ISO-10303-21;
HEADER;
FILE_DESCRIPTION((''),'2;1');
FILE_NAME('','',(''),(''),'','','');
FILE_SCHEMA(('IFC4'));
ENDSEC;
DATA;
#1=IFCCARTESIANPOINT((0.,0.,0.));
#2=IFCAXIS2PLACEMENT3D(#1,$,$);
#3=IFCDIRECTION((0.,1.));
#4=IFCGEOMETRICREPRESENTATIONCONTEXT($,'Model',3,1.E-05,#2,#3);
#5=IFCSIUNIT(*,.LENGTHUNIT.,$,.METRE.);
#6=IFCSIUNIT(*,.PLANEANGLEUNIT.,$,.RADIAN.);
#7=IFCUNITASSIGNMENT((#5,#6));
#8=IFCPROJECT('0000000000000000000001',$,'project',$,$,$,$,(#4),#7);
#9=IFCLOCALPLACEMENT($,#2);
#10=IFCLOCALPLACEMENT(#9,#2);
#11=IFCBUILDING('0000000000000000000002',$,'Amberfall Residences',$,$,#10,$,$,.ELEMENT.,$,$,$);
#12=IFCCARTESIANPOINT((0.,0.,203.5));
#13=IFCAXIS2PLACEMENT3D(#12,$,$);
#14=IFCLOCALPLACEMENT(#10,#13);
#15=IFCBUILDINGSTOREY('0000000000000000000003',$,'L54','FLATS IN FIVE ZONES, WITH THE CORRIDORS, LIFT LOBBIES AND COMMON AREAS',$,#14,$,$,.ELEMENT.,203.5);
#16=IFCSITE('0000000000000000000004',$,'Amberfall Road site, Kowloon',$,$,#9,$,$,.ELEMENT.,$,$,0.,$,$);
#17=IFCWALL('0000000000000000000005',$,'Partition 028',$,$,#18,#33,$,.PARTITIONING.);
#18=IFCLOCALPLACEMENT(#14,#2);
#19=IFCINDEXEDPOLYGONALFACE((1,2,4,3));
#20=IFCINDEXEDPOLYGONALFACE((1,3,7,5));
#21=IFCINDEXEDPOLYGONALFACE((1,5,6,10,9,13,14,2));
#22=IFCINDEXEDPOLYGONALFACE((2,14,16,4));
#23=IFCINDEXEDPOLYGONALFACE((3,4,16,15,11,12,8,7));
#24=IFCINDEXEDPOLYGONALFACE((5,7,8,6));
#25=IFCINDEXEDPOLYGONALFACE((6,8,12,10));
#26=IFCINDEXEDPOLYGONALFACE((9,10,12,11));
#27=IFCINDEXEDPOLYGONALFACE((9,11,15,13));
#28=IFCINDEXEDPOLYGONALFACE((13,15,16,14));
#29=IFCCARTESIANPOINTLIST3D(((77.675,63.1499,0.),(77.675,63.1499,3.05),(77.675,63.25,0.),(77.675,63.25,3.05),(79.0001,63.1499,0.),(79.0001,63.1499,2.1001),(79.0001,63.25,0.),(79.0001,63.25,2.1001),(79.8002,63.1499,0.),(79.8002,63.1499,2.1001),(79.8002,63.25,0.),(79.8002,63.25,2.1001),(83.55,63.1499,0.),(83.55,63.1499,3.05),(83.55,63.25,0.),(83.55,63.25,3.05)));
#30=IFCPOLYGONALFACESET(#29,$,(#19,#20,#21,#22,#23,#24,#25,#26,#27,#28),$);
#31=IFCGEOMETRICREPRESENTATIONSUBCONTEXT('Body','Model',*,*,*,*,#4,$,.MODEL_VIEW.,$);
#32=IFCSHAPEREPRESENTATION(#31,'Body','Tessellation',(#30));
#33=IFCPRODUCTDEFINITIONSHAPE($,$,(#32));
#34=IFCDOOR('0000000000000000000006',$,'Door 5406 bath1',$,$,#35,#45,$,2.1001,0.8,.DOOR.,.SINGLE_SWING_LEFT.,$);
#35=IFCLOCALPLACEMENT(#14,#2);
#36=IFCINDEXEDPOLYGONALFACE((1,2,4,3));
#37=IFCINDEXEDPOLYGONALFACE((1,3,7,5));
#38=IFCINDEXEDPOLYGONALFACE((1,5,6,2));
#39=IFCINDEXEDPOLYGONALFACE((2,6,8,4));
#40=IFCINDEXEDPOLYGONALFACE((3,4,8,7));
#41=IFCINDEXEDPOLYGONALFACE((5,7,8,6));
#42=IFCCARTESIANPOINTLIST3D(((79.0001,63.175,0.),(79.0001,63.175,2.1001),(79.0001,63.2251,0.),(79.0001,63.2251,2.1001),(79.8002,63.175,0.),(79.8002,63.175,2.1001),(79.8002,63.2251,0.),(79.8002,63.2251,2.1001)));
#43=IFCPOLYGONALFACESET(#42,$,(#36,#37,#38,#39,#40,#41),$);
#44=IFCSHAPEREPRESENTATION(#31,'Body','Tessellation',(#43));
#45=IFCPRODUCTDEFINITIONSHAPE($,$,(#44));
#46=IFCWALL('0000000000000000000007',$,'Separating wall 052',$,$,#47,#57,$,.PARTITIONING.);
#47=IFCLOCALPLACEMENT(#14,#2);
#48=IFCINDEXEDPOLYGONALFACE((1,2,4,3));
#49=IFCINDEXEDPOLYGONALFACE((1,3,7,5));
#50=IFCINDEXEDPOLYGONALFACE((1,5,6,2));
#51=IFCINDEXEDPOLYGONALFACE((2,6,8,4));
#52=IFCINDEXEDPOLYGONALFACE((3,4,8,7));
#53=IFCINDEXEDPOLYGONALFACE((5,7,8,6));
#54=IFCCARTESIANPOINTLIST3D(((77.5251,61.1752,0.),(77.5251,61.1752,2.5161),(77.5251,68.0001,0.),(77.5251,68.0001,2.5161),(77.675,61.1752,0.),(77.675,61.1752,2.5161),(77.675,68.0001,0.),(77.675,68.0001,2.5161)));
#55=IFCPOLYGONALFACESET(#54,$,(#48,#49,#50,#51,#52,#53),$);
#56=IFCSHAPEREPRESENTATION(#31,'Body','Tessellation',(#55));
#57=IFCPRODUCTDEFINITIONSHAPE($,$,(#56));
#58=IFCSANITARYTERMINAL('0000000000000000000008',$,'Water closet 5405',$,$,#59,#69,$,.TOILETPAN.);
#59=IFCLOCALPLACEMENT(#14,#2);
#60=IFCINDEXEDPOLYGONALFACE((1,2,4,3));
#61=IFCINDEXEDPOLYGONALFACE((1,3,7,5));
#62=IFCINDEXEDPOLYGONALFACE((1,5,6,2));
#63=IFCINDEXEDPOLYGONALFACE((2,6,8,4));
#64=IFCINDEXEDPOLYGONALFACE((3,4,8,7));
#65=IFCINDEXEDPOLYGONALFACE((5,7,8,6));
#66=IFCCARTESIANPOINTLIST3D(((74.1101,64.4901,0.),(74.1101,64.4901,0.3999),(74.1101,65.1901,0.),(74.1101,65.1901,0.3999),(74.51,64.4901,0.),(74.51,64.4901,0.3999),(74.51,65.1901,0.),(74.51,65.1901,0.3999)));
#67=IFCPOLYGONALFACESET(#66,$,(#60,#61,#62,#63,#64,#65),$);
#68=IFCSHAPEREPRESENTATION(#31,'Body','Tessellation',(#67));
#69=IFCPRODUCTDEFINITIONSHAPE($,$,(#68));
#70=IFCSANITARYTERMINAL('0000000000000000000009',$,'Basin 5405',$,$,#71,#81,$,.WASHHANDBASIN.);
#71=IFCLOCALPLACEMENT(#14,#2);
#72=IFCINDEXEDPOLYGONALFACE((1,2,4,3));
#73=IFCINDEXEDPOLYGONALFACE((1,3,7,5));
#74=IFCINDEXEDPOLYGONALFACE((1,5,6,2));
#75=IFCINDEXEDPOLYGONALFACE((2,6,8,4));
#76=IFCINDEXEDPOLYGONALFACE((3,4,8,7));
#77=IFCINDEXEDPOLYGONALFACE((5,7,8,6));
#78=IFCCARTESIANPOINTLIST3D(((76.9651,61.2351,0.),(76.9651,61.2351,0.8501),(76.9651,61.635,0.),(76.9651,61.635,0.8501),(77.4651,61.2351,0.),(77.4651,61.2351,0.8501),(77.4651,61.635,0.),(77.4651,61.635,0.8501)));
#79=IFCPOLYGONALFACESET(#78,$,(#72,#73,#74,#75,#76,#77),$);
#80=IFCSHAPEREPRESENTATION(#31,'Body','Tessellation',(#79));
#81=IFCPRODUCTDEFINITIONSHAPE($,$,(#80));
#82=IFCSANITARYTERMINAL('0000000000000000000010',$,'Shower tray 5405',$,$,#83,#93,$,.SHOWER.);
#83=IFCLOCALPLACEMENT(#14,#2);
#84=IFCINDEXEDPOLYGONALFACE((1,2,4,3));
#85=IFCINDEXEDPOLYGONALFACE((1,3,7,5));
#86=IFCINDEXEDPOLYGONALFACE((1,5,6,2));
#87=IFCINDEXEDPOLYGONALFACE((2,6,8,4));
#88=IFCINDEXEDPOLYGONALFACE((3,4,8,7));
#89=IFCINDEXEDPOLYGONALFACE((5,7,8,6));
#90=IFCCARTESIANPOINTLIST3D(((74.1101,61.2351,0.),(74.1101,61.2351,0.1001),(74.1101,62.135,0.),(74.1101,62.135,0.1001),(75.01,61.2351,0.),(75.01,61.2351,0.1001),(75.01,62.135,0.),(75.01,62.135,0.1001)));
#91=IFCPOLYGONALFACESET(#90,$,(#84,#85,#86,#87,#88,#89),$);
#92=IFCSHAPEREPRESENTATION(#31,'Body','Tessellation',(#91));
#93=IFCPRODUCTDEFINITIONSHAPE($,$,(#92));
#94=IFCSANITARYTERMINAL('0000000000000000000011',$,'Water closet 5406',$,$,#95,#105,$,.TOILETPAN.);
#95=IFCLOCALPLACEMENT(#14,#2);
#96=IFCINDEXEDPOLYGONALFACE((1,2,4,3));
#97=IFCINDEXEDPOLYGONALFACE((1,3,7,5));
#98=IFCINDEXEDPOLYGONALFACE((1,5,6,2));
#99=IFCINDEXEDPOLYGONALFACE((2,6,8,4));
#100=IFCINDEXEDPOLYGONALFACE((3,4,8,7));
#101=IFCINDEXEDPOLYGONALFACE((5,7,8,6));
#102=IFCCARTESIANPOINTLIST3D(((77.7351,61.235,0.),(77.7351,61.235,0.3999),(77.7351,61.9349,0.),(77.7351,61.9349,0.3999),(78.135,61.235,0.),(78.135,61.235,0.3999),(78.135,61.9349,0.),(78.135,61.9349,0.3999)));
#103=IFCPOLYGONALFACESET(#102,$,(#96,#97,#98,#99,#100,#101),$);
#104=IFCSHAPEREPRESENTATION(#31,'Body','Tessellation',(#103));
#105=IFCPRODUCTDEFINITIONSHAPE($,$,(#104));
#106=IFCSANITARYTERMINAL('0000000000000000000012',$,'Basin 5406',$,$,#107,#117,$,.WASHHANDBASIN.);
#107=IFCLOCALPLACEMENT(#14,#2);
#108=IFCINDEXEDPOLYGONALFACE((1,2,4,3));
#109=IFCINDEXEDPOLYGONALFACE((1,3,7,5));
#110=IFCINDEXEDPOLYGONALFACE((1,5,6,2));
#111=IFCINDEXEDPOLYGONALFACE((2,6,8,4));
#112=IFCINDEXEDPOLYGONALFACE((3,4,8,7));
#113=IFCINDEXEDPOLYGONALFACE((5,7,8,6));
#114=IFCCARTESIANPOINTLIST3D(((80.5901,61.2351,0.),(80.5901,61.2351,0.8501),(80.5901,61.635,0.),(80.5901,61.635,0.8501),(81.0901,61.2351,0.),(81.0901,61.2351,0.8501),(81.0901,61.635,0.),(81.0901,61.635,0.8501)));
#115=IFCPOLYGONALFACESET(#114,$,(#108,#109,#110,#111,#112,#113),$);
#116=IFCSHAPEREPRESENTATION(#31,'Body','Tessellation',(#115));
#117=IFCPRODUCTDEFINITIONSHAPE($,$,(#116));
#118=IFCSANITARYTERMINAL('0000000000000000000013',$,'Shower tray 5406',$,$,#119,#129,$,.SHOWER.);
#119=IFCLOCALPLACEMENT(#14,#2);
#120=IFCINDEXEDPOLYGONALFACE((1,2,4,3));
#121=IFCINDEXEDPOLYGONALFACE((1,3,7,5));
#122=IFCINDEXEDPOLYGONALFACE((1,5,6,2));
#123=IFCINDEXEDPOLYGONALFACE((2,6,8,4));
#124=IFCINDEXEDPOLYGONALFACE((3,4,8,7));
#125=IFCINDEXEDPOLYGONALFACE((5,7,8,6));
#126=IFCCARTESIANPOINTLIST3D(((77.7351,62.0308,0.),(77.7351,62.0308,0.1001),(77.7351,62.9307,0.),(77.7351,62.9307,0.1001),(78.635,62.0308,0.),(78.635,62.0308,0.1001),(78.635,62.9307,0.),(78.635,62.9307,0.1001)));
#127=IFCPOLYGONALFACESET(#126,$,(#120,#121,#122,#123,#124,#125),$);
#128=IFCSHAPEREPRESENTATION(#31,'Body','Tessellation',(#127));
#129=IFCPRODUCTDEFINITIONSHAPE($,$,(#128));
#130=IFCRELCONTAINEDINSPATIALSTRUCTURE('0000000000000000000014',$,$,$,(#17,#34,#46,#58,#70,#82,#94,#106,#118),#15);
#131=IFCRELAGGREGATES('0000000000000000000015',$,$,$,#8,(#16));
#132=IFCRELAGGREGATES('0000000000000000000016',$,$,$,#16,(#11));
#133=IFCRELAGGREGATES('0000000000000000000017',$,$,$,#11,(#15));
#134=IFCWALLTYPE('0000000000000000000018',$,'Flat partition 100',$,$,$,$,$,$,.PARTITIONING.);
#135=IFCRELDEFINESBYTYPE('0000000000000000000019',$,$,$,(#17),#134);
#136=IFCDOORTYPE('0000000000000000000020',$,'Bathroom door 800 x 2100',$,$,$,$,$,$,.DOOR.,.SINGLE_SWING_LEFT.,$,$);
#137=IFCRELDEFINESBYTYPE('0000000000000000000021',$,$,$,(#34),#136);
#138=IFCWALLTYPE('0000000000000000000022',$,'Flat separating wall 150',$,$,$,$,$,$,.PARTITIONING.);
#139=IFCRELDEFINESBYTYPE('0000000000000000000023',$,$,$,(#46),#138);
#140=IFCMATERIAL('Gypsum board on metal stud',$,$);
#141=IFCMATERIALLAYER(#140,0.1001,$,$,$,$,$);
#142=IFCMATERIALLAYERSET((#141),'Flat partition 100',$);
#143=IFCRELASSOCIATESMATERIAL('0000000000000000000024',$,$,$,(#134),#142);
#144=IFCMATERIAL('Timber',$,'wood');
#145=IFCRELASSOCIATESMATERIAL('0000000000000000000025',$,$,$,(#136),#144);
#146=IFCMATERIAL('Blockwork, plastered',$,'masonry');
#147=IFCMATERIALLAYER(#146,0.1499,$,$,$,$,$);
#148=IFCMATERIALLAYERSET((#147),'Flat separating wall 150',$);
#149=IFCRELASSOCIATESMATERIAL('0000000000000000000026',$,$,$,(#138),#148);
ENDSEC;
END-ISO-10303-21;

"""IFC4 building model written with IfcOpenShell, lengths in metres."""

from ifc_helpers import new_model, si_unit, direction, frame, frame_2d, origin, origin_2d, place, context, subcontext, project, spatial, rectangle, extrude, material, layer, layer_set, type_object, element, fill, save


model = new_model("IFC4")

# Units and contexts
model_context = context("Model", 3, precision=1e-05, world=origin(), true_north=direction((0.0, 1.0)))
body_context = subcontext(model_context, "Body", "Model", "MODEL_VIEW")
ifc_project = project(units=[si_unit("LENGTHUNIT", "METRE"), si_unit("PLANEANGLEUNIT", "RADIAN")], contexts=[model_context])

# Site, building, storey
site_placement = place(None, origin())
site = spatial("IfcSite", under=ifc_project, at=site_placement, Name="Amberfall Road site, Kowloon", CompositionType="ELEMENT", RefElevation=0.0)
building_placement = place(site_placement, origin())
building = spatial("IfcBuilding", under=site, at=building_placement, Name="Amberfall Residences", CompositionType="ELEMENT")
storey_placement = place(building_placement, frame((0.0, 0.0, 203.5)))
storey = spatial("IfcBuildingStorey", under=building, at=storey_placement, Name="L54", Description="FLATS IN FIVE ZONES, WITH THE CORRIDORS, LIFT LOBBIES AND COMMON AREAS", CompositionType="ELEMENT", Elevation=203.5)

# Shared definitions
ifc_material_1 = material(Name="Gypsum board on metal stud")
ifc_layer_1 = layer(ifc_material_1, 0.1001)
ifc_layer_set_1 = layer_set([ifc_layer_1], Name="Flat partition 100")
wall_type_1 = type_object("IfcWallType", Name="Flat partition 100", PredefinedType="PARTITIONING", material=ifc_layer_set_1)

# Shared definitions
ifc_material_2 = material(Name="Timber", Category="wood")

# Wall, opening, door
wall_1_placement = place(storey_placement, frame((83.55, 63.2, 0.0), z_axis=(0.0, 0.0, 1.0), x_axis=(-1.0, 0.0, 0.0)))
wall_1 = element("IfcWall", 1, at=wall_1_placement, inside=storey, type_object=wall_type_1, Name="Partition 028", PredefinedType="PARTITIONING", context=body_context, shape_type="SweptSolid", body=[
    extrude(rectangle(XDim=5.875, YDim=0.1001, at=frame_2d((2.9375, 0.0))), origin(), (0.0, 0.0, 1.0), 3.05),
])
opening_1_placement = place(wall_1_placement, frame((3.75, 0.0, 0.0)))
opening_1 = element("IfcOpeningElement", 2, at=opening_1_placement, cuts=wall_1, PredefinedType="OPENING", context=body_context, shape_type="SweptSolid", body=[
    extrude(rectangle(XDim=0.8, YDim=2.1001, at=frame_2d((0.3999, 1.05))), frame((0.0, 0.0601, 0.0), z_axis=(0.0, -1.0, 0.0), x_axis=(1.0, 0.0, 0.0)), (0.0, 0.0, 1.0), 0.1201),
])
door_type_1 = type_object("IfcDoorType", Name="Bathroom door 800 x 2100", OperationType="SINGLE_SWING_LEFT", PredefinedType="DOOR", material=ifc_material_2)
door_1_placement = place(opening_1_placement, origin())
door_1 = element("IfcDoor", 3, at=door_1_placement, inside=storey, type_object=door_type_1, Name="Door 5406 bath1", OperationType="SINGLE_SWING_LEFT", OverallHeight=2.1001, OverallWidth=0.8, PredefinedType="DOOR", context=body_context, shape_type="SweptSolid", body=[
    extrude(rectangle(XDim=0.8, YDim=2.1001, at=frame_2d((0.3999, 1.05))), frame((0.0, 0.0249, 0.0), z_axis=(0.0, -1.0, 0.0), x_axis=(1.0, 0.0, 0.0)), (0.0, 0.0, 1.0), 0.05),
])
fill(opening_1, door_1)

# Wall
ifc_material_3 = material(Name="Blockwork, plastered", Category="masonry")
ifc_layer_2 = layer(ifc_material_3, 0.1499)
ifc_layer_set_2 = layer_set([ifc_layer_2], Name="Flat separating wall 150")
wall_type_2 = type_object("IfcWallType", Name="Flat separating wall 150", PredefinedType="PARTITIONING", material=ifc_layer_set_2)
wall_2_placement = place(storey_placement, frame((77.6001, 61.175, 0.0), z_axis=(0.0, 0.0, 1.0), x_axis=(0.0, 1.0, 0.0)))
element("IfcWall", 4, at=wall_2_placement, inside=storey, type_object=wall_type_2, Name="Separating wall 052", PredefinedType="PARTITIONING", context=body_context, shape_type="SweptSolid", body=[
    extrude(rectangle(XDim=6.825, YDim=0.1499, at=frame_2d((3.4126, 0.0))), origin(), (0.0, 0.0, 1.0), 2.5161),
])

# Sanitary terminals
sanitary_terminal_1_placement = place(storey_placement, frame((74.3101, 64.8401, 0.0), z_axis=(0.0, 0.0, 1.0), x_axis=(1.0, 0.0, 0.0)))
element("IfcSanitaryTerminal", 5, at=sanitary_terminal_1_placement, inside=storey, Name="Water closet 5405", PredefinedType="TOILETPAN", context=body_context, shape_type="SweptSolid", body=[
    extrude(rectangle(XDim=0.3999, YDim=0.7, at=origin_2d()), origin(), (0.0, 0.0, 1.0), 0.3999),
])
sanitary_terminal_2_placement = place(storey_placement, frame((77.2151, 61.4351, 0.0), z_axis=(0.0, 0.0, 1.0), x_axis=(1.0, 0.0, 0.0)))
element("IfcSanitaryTerminal", 6, at=sanitary_terminal_2_placement, inside=storey, Name="Basin 5405", PredefinedType="WASHHANDBASIN", context=body_context, shape_type="SweptSolid", body=[
    extrude(rectangle(XDim=0.5, YDim=0.3999, at=origin_2d()), origin(), (0.0, 0.0, 1.0), 0.8501),
])
sanitary_terminal_3_placement = place(storey_placement, frame((74.5601, 61.6851, 0.0), z_axis=(0.0, 0.0, 1.0), x_axis=(1.0, 0.0, 0.0)))
element("IfcSanitaryTerminal", 7, at=sanitary_terminal_3_placement, inside=storey, Name="Shower tray 5405", PredefinedType="SHOWER", context=body_context, shape_type="SweptSolid", body=[
    extrude(rectangle(XDim=0.8999, YDim=0.8999, at=origin_2d()), origin(), (0.0, 0.0, 1.0), 0.1001),
])
sanitary_terminal_4_placement = place(storey_placement, frame((77.9351, 61.585, 0.0), z_axis=(0.0, 0.0, 1.0), x_axis=(1.0, 0.0, 0.0)))
element("IfcSanitaryTerminal", 8, at=sanitary_terminal_4_placement, inside=storey, Name="Water closet 5406", PredefinedType="TOILETPAN", context=body_context, shape_type="SweptSolid", body=[
    extrude(rectangle(XDim=0.3999, YDim=0.7, at=origin_2d()), origin(), (0.0, 0.0, 1.0), 0.3999),
])
sanitary_terminal_5_placement = place(storey_placement, frame((80.8401, 61.4351, 0.0), z_axis=(0.0, 0.0, 1.0), x_axis=(1.0, 0.0, 0.0)))
element("IfcSanitaryTerminal", 9, at=sanitary_terminal_5_placement, inside=storey, Name="Basin 5406", PredefinedType="WASHHANDBASIN", context=body_context, shape_type="SweptSolid", body=[
    extrude(rectangle(XDim=0.5, YDim=0.3999, at=origin_2d()), origin(), (0.0, 0.0, 1.0), 0.8501),
])
sanitary_terminal_6_placement = place(storey_placement, frame((78.1851, 62.4807, 0.0), z_axis=(0.0, 0.0, 1.0), x_axis=(1.0, 0.0, 0.0)))
element("IfcSanitaryTerminal", 10, at=sanitary_terminal_6_placement, inside=storey, Name="Shower tray 5406", PredefinedType="SHOWER", context=body_context, shape_type="SweptSolid", body=[
    extrude(rectangle(XDim=0.8999, YDim=0.8999, at=origin_2d()), origin(), (0.0, 0.0, 1.0), 0.1001),
])

save(model, "model.ifc")
